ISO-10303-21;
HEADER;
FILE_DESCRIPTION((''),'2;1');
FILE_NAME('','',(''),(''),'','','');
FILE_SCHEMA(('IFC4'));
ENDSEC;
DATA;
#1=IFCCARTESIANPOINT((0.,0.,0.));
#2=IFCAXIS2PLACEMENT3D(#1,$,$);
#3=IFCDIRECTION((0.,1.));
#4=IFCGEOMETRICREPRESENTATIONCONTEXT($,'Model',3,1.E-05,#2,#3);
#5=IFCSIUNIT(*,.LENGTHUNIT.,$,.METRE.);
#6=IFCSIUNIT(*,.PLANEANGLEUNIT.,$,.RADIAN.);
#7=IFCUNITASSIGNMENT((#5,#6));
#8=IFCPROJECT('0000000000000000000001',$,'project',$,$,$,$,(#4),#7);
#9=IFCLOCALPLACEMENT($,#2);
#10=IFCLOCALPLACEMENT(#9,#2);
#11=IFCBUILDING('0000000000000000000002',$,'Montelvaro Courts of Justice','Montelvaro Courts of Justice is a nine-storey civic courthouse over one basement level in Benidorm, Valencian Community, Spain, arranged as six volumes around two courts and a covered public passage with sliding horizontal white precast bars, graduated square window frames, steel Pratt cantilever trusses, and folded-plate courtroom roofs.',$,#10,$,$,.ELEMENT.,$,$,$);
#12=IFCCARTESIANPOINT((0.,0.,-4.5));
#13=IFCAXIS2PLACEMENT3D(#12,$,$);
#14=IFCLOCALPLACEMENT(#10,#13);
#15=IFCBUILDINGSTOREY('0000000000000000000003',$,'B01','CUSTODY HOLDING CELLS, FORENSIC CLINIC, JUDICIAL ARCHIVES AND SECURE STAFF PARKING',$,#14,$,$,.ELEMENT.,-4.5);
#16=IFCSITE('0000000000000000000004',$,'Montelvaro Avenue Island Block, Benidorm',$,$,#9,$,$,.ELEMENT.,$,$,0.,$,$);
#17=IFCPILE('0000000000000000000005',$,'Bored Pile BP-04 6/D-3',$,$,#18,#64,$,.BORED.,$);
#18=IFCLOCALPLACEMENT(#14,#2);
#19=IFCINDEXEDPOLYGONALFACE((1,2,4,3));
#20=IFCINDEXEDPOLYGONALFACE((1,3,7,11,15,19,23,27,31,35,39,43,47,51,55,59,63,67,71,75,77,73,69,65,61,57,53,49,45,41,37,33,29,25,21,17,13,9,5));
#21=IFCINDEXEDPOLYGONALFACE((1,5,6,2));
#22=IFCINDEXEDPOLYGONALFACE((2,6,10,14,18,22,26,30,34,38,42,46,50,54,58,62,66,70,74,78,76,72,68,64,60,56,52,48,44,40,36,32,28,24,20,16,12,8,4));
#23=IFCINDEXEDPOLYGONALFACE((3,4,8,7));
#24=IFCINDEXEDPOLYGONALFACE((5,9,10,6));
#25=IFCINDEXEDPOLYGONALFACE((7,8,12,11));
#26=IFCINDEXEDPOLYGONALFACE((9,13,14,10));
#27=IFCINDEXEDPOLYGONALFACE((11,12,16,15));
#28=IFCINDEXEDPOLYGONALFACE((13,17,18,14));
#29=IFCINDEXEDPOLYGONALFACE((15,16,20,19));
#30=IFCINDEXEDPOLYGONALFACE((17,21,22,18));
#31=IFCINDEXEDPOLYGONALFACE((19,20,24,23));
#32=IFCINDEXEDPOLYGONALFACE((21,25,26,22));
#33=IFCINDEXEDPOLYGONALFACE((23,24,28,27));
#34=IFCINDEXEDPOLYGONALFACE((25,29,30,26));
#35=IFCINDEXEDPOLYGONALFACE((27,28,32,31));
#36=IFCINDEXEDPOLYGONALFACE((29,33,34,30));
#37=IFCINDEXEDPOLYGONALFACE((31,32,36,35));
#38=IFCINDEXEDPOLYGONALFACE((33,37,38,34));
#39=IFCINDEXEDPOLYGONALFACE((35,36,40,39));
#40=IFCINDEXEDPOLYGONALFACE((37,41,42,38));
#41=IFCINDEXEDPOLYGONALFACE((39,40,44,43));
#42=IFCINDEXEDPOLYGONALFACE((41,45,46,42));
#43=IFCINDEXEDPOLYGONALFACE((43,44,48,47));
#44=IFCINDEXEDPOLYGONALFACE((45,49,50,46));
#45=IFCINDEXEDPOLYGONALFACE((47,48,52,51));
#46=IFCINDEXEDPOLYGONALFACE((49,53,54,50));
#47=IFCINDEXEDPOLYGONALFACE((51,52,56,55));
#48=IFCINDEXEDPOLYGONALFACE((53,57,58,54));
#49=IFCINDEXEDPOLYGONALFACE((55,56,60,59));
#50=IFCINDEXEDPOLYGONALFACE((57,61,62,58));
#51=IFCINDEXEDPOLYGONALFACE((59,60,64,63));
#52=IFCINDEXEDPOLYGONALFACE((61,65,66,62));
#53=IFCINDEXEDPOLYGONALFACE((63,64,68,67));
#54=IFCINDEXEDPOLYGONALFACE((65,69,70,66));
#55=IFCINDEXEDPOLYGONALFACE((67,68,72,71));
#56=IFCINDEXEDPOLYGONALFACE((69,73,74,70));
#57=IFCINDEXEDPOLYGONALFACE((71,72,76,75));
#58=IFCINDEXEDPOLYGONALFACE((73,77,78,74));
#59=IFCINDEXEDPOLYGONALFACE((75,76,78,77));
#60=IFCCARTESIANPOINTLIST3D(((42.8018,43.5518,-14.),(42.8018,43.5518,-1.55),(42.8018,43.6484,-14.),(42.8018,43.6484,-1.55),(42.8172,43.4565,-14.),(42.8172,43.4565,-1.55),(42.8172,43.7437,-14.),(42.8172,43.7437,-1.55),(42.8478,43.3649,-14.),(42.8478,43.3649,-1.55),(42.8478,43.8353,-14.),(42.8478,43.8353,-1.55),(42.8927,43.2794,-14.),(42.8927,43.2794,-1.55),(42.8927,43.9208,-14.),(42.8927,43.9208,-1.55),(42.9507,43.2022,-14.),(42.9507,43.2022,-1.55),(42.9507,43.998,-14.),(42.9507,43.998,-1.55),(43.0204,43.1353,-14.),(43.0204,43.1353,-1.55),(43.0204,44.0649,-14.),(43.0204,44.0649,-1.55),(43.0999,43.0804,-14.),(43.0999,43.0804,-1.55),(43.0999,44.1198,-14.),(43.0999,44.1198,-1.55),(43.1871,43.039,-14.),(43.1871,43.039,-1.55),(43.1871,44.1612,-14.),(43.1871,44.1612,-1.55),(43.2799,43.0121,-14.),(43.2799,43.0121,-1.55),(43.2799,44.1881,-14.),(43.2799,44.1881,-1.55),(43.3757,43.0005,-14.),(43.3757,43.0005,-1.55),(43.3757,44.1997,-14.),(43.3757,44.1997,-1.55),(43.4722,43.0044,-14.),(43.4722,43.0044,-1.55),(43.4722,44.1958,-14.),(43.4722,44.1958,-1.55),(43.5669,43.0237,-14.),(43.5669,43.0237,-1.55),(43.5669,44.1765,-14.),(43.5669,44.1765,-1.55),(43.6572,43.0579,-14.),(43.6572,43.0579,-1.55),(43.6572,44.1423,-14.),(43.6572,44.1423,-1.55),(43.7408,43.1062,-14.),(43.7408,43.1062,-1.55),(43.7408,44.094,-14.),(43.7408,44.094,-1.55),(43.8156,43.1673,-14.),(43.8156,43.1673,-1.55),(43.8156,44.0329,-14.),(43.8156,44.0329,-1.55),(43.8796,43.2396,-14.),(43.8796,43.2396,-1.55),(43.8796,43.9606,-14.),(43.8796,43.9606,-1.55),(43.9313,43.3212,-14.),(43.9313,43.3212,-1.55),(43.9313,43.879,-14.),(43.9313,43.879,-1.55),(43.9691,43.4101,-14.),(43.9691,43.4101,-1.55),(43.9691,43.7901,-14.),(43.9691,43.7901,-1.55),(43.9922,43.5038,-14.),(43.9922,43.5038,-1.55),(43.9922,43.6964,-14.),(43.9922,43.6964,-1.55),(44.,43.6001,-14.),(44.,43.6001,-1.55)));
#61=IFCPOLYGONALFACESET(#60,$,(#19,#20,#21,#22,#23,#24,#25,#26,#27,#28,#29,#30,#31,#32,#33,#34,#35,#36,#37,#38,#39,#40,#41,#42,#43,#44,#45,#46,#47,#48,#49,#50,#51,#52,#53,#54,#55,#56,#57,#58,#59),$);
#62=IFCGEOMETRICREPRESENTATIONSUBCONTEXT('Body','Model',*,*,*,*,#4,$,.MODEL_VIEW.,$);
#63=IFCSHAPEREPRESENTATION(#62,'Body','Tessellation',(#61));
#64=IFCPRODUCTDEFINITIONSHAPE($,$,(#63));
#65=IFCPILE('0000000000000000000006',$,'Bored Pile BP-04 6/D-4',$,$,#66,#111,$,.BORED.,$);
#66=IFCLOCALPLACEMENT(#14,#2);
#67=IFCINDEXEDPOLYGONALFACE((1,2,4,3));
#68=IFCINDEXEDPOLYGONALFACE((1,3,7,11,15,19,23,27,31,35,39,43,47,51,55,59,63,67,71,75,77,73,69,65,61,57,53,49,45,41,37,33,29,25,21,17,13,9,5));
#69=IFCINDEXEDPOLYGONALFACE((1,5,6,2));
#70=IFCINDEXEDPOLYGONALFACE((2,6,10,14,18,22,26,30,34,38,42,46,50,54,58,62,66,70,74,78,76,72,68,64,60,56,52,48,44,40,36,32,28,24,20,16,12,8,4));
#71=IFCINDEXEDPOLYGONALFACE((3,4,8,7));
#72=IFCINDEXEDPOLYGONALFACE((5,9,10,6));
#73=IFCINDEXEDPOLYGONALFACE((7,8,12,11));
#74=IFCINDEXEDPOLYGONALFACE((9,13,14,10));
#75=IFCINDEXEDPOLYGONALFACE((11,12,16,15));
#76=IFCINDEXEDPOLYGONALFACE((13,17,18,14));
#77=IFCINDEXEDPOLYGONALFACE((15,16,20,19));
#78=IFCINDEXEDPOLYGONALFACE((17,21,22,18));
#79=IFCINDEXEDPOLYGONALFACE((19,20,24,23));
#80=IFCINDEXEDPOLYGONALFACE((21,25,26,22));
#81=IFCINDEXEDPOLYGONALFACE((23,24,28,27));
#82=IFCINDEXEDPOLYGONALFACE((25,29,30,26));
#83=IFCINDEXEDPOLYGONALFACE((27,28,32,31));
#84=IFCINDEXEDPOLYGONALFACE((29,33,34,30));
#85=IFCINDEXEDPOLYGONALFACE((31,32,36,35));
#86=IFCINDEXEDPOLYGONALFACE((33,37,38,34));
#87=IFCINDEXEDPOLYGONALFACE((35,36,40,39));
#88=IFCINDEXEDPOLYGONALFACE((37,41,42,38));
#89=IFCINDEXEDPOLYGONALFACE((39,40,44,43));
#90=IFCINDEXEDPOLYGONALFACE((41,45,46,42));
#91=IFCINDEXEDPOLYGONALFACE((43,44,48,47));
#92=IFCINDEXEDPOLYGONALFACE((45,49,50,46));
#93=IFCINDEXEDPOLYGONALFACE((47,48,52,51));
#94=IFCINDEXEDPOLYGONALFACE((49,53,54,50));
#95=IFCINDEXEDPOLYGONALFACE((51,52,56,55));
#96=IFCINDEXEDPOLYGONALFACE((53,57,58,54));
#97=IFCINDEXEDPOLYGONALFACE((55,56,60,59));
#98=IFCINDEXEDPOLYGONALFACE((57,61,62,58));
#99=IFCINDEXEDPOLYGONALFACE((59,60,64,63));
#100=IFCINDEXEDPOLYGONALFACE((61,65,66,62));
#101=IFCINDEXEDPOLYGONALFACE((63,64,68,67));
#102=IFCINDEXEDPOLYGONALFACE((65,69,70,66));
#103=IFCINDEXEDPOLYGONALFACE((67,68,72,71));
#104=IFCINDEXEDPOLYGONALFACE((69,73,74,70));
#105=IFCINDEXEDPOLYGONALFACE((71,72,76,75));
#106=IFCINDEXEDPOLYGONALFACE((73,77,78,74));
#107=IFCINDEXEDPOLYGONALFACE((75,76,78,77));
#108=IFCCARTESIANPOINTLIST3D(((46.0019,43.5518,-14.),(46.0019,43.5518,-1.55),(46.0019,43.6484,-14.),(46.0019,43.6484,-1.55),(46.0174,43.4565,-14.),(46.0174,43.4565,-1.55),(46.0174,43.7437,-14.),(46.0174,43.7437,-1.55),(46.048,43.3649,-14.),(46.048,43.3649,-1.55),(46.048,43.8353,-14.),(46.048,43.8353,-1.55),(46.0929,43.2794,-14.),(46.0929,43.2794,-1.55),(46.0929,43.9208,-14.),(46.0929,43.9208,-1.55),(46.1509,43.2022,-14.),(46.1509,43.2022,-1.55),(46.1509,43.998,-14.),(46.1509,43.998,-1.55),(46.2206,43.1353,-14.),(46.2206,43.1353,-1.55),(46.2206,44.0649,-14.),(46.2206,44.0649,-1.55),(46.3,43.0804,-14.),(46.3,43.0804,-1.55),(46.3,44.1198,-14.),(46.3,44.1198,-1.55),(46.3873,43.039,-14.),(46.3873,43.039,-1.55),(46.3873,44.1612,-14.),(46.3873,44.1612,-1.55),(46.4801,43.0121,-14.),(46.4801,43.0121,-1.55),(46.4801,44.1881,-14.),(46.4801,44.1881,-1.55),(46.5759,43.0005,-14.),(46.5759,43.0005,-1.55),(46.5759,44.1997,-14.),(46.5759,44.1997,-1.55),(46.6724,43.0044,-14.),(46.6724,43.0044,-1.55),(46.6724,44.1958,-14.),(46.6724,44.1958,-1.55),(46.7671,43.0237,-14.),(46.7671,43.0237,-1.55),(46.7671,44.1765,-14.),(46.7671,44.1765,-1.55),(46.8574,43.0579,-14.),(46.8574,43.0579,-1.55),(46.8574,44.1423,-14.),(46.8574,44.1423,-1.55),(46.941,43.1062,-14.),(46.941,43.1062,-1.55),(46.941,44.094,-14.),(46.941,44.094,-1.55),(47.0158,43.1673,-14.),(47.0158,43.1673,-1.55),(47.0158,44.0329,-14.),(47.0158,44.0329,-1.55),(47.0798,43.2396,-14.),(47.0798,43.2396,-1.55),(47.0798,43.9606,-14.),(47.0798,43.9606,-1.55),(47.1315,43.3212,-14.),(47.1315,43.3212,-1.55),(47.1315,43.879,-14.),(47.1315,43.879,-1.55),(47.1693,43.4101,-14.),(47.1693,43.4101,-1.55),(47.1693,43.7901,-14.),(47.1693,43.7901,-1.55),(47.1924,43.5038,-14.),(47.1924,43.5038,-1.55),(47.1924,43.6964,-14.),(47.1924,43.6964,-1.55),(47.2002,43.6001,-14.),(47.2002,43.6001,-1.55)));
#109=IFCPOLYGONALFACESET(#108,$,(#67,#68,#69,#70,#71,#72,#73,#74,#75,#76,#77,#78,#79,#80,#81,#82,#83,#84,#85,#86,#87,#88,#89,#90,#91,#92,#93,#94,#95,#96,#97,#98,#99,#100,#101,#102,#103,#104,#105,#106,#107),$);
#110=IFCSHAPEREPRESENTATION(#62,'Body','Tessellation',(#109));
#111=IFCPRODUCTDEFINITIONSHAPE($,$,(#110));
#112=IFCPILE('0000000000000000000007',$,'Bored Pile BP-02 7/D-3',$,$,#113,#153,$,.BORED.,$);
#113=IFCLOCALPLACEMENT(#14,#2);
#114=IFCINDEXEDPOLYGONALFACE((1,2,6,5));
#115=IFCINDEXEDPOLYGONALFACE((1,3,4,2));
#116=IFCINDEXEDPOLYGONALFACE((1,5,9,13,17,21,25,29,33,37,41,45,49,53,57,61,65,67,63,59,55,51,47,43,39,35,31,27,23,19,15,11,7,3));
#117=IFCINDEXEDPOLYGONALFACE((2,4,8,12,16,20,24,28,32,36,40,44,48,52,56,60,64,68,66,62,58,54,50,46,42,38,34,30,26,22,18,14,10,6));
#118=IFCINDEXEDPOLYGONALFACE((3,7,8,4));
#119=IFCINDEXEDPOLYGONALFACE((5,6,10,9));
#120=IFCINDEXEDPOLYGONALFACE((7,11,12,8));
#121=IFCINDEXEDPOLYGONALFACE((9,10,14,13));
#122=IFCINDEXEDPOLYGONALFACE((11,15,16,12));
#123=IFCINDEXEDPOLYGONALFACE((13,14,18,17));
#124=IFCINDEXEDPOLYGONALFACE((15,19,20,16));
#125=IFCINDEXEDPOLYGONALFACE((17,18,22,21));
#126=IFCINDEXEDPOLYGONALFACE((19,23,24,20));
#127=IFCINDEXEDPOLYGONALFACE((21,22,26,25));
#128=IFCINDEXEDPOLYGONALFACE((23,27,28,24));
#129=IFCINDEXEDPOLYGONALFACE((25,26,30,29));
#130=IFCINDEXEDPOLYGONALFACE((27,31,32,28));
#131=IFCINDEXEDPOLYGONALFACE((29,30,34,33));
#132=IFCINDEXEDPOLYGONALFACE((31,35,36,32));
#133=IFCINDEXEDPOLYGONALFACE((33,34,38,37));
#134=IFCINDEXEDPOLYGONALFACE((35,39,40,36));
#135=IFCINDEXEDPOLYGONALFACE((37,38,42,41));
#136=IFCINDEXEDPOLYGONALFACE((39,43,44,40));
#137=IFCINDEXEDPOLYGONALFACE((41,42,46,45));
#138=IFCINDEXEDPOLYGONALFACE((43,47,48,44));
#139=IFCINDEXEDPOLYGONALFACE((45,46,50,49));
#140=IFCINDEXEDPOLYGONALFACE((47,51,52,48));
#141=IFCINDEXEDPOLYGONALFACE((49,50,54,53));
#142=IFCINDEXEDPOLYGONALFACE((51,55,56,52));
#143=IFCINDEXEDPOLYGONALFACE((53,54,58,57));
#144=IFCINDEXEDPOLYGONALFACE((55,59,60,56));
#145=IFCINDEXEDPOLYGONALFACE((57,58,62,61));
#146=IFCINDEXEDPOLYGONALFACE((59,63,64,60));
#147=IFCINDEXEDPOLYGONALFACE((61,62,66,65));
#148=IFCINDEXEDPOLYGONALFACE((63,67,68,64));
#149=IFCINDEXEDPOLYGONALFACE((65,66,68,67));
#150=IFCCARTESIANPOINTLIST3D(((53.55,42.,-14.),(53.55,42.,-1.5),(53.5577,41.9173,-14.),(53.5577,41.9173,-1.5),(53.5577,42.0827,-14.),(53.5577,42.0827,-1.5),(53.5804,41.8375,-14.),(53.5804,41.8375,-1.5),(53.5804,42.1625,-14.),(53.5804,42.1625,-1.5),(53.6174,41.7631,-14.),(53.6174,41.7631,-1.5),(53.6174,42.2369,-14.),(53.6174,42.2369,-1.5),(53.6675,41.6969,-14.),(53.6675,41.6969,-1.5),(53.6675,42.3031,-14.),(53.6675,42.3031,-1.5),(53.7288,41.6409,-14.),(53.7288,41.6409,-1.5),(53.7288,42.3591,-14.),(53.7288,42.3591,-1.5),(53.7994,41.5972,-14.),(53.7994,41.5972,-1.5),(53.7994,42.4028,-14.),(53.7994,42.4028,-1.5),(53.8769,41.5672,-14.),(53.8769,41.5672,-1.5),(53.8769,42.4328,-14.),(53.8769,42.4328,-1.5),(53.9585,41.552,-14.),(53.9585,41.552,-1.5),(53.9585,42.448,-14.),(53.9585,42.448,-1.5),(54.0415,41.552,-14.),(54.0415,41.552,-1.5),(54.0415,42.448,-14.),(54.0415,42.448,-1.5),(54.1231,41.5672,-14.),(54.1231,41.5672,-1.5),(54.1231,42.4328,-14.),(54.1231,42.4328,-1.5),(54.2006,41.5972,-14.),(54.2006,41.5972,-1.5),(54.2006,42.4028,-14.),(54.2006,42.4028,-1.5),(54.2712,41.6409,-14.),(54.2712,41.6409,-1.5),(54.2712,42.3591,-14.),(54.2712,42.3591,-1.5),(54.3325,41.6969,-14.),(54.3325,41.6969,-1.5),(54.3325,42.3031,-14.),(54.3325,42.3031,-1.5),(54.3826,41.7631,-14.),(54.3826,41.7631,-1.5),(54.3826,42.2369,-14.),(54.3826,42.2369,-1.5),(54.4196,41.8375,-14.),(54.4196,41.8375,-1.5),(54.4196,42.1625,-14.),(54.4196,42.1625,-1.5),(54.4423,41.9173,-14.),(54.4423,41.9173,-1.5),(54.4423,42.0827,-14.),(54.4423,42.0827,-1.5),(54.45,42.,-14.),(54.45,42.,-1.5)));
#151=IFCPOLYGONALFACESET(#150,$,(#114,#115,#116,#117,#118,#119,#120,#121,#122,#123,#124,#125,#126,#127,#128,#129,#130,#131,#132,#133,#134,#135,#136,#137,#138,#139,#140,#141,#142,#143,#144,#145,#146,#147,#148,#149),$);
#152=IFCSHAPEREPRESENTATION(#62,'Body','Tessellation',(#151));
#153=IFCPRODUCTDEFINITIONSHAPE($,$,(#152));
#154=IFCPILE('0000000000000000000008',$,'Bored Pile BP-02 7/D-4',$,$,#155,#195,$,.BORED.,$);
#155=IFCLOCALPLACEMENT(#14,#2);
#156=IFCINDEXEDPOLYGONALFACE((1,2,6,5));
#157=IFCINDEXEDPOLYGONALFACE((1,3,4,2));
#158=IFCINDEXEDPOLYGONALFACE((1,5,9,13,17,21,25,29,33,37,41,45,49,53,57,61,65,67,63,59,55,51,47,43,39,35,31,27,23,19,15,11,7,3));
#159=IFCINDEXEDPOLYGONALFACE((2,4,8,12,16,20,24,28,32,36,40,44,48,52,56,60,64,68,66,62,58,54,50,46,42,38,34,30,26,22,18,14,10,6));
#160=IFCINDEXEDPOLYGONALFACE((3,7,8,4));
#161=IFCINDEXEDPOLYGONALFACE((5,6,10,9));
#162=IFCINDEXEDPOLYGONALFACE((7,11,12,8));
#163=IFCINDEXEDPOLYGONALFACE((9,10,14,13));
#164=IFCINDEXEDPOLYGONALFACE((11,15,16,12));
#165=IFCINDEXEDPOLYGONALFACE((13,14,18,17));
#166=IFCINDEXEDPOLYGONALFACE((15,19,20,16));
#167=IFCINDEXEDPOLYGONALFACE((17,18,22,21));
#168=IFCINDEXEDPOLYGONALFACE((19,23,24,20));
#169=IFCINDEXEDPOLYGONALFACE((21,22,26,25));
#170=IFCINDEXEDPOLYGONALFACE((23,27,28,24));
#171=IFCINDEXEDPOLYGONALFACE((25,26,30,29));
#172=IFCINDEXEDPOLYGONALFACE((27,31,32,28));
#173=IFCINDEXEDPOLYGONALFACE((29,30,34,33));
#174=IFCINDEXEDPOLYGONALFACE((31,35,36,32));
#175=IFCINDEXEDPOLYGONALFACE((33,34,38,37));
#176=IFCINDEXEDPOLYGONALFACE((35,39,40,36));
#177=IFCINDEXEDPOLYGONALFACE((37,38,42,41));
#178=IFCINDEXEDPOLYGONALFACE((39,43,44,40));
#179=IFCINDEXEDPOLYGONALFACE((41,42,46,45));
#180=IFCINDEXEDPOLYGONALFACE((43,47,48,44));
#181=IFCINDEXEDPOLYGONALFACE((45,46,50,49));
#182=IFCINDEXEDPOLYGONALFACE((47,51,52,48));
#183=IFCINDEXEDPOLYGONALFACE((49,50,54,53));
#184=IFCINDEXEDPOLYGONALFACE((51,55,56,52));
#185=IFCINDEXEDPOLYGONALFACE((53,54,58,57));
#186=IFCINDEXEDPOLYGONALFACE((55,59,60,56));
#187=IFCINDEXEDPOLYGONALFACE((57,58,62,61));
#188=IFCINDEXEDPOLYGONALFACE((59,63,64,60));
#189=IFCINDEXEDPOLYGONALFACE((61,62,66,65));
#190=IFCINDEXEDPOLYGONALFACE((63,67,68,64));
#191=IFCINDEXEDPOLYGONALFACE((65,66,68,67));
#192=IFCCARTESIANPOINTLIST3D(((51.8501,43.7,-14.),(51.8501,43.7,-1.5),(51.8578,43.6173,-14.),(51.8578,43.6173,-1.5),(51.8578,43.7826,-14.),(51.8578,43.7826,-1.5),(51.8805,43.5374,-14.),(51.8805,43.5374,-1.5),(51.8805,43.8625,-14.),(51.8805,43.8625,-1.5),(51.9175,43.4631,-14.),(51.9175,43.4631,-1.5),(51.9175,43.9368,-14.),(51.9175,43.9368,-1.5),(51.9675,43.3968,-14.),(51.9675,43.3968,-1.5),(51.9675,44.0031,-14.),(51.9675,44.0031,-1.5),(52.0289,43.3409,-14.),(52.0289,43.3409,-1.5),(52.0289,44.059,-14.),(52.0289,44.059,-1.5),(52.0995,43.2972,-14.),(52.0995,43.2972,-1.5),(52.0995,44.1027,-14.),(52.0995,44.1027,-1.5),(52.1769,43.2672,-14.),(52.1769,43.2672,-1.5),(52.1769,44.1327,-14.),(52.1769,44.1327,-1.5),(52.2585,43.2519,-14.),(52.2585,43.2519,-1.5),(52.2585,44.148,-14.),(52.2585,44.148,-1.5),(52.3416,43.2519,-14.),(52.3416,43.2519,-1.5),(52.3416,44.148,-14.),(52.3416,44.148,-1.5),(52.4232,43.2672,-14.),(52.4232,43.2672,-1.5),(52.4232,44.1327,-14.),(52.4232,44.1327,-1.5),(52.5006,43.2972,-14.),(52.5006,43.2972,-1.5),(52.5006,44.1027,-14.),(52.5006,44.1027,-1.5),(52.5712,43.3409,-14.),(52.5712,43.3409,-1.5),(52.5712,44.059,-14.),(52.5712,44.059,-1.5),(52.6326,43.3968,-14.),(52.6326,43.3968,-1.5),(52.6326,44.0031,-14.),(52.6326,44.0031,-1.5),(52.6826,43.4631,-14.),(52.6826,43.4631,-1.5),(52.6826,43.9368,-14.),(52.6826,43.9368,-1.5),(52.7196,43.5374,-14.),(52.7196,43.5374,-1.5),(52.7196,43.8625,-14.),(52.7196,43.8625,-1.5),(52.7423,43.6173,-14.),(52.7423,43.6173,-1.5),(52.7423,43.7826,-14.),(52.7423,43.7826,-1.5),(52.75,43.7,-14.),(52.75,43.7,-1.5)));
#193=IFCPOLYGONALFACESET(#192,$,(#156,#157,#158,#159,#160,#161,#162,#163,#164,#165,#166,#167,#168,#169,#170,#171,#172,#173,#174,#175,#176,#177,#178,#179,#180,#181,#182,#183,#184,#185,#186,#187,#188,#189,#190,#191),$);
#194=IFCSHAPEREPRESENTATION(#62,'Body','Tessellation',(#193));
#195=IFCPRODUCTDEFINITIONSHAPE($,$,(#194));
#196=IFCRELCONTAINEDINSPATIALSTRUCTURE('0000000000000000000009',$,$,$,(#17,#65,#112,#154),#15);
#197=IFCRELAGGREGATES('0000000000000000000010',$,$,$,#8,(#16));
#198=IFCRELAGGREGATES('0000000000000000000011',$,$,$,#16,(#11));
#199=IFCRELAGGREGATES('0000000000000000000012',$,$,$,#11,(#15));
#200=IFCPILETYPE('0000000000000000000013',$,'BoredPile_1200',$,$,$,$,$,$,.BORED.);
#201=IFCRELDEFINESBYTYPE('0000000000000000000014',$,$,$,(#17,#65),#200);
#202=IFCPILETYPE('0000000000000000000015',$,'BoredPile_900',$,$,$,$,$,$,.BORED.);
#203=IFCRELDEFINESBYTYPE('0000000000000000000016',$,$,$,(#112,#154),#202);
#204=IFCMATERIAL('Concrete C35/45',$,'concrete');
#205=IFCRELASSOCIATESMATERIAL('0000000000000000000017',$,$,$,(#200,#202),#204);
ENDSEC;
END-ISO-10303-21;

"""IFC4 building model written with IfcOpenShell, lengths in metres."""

from ifc_helpers import new_model, si_unit, direction, frame, origin, origin_2d, place, context, subcontext, project, spatial, circle, extrude, material, material_profile, profile_set, type_object, element, save


model = new_model("IFC4")

# Units and contexts
model_context = context("Model", 3, precision=1e-05, world=origin(), true_north=direction((0.0, 1.0)))
body_context = subcontext(model_context, "Body", "Model", "MODEL_VIEW")
ifc_project = project(units=[si_unit("LENGTHUNIT", "METRE"), si_unit("PLANEANGLEUNIT", "RADIAN")], contexts=[model_context])

# Site, building, storey
site_placement = place(None, origin())
site = spatial("IfcSite", under=ifc_project, at=site_placement, Name="Montelvaro Avenue Island Block, Benidorm", CompositionType="ELEMENT", RefElevation=0.0)
building_placement = place(site_placement, origin())
building = spatial("IfcBuilding", under=site, at=building_placement, Name="Montelvaro Courts of Justice", Description="Montelvaro Courts of Justice is a nine-storey civic courthouse over one basement level in Benidorm, Valencian Community, Spain, arranged as six volumes around two courts and a covered public passage with sliding horizontal white precast bars, graduated square window frames, steel Pratt cantilever trusses, and folded-plate courtroom roofs.", CompositionType="ELEMENT")
storey_placement = place(building_placement, frame((0.0, 0.0, -4.5)))
storey = spatial("IfcBuildingStorey", under=building, at=storey_placement, Name="B01", Description="CUSTODY HOLDING CELLS, FORENSIC CLINIC, JUDICIAL ARCHIVES AND SECURE STAFF PARKING", CompositionType="ELEMENT", Elevation=-4.5)

# Piles
ifc_material_1 = material(Name="Concrete C35/45", Category="concrete")
ifc_material_profile_1 = material_profile(ifc_material_1, circle(Radius=0.6001, at=origin_2d()), Name="BORED PILE D1200")
ifc_profile_set_1 = profile_set([ifc_material_profile_1], Name="Concrete C35/45")
pile_type_1 = type_object("IfcPileType", Name="BoredPile_1200", PredefinedType="BORED", material=ifc_profile_set_1)
for number, where, z_axis, x_axis, name in (
    (1, (43.3999, 43.6001, -1.55), (0.0, 0.0, -1.0), (1.0, 0.0, 0.0), "Bored Pile BP-04 6/D-3"),
    (2, (46.6001, 43.6001, -1.55), (0.0, 0.0, -1.0), (1.0, 0.0, 0.0), "Bored Pile BP-04 6/D-4"),
):
    element("IfcPile", number, at=place(storey_placement, frame(where, z_axis=z_axis, x_axis=x_axis)), inside=storey, type_object=pile_type_1, Name=name, PredefinedType="BORED", context=body_context, shape_type="SweptSolid", body=[
        extrude(circle(Radius=0.6001, at=origin_2d()), origin(), (0.0, 0.0, 1.0), 12.45),
    ])
ifc_material_profile_2 = material_profile(ifc_material_1, circle(Radius=0.45, at=origin_2d()), Name="BORED PILE D900")
ifc_profile_set_2 = profile_set([ifc_material_profile_2], Name="Concrete C35/45")
pile_type_2 = type_object("IfcPileType", Name="BoredPile_900", PredefinedType="BORED", material=ifc_profile_set_2)
for number, where, z_axis, x_axis, name in (
    (3, (54.0, 42.0, -1.5), (0.0, 0.0, -1.0), (1.0, 0.0, 0.0), "Bored Pile BP-02 7/D-3"),
    (4, (52.3, 43.7, -1.5), (0.0, 0.0, -1.0), (1.0, 0.0, 0.0), "Bored Pile BP-02 7/D-4"),
):
    element("IfcPile", number, at=place(storey_placement, frame(where, z_axis=z_axis, x_axis=x_axis)), inside=storey, type_object=pile_type_2, Name=name, PredefinedType="BORED", context=body_context, shape_type="SweptSolid", body=[
        extrude(circle(Radius=0.45, at=origin_2d()), origin(), (0.0, 0.0, 1.0), 12.5),
    ])

save(model, "model.ifc")
